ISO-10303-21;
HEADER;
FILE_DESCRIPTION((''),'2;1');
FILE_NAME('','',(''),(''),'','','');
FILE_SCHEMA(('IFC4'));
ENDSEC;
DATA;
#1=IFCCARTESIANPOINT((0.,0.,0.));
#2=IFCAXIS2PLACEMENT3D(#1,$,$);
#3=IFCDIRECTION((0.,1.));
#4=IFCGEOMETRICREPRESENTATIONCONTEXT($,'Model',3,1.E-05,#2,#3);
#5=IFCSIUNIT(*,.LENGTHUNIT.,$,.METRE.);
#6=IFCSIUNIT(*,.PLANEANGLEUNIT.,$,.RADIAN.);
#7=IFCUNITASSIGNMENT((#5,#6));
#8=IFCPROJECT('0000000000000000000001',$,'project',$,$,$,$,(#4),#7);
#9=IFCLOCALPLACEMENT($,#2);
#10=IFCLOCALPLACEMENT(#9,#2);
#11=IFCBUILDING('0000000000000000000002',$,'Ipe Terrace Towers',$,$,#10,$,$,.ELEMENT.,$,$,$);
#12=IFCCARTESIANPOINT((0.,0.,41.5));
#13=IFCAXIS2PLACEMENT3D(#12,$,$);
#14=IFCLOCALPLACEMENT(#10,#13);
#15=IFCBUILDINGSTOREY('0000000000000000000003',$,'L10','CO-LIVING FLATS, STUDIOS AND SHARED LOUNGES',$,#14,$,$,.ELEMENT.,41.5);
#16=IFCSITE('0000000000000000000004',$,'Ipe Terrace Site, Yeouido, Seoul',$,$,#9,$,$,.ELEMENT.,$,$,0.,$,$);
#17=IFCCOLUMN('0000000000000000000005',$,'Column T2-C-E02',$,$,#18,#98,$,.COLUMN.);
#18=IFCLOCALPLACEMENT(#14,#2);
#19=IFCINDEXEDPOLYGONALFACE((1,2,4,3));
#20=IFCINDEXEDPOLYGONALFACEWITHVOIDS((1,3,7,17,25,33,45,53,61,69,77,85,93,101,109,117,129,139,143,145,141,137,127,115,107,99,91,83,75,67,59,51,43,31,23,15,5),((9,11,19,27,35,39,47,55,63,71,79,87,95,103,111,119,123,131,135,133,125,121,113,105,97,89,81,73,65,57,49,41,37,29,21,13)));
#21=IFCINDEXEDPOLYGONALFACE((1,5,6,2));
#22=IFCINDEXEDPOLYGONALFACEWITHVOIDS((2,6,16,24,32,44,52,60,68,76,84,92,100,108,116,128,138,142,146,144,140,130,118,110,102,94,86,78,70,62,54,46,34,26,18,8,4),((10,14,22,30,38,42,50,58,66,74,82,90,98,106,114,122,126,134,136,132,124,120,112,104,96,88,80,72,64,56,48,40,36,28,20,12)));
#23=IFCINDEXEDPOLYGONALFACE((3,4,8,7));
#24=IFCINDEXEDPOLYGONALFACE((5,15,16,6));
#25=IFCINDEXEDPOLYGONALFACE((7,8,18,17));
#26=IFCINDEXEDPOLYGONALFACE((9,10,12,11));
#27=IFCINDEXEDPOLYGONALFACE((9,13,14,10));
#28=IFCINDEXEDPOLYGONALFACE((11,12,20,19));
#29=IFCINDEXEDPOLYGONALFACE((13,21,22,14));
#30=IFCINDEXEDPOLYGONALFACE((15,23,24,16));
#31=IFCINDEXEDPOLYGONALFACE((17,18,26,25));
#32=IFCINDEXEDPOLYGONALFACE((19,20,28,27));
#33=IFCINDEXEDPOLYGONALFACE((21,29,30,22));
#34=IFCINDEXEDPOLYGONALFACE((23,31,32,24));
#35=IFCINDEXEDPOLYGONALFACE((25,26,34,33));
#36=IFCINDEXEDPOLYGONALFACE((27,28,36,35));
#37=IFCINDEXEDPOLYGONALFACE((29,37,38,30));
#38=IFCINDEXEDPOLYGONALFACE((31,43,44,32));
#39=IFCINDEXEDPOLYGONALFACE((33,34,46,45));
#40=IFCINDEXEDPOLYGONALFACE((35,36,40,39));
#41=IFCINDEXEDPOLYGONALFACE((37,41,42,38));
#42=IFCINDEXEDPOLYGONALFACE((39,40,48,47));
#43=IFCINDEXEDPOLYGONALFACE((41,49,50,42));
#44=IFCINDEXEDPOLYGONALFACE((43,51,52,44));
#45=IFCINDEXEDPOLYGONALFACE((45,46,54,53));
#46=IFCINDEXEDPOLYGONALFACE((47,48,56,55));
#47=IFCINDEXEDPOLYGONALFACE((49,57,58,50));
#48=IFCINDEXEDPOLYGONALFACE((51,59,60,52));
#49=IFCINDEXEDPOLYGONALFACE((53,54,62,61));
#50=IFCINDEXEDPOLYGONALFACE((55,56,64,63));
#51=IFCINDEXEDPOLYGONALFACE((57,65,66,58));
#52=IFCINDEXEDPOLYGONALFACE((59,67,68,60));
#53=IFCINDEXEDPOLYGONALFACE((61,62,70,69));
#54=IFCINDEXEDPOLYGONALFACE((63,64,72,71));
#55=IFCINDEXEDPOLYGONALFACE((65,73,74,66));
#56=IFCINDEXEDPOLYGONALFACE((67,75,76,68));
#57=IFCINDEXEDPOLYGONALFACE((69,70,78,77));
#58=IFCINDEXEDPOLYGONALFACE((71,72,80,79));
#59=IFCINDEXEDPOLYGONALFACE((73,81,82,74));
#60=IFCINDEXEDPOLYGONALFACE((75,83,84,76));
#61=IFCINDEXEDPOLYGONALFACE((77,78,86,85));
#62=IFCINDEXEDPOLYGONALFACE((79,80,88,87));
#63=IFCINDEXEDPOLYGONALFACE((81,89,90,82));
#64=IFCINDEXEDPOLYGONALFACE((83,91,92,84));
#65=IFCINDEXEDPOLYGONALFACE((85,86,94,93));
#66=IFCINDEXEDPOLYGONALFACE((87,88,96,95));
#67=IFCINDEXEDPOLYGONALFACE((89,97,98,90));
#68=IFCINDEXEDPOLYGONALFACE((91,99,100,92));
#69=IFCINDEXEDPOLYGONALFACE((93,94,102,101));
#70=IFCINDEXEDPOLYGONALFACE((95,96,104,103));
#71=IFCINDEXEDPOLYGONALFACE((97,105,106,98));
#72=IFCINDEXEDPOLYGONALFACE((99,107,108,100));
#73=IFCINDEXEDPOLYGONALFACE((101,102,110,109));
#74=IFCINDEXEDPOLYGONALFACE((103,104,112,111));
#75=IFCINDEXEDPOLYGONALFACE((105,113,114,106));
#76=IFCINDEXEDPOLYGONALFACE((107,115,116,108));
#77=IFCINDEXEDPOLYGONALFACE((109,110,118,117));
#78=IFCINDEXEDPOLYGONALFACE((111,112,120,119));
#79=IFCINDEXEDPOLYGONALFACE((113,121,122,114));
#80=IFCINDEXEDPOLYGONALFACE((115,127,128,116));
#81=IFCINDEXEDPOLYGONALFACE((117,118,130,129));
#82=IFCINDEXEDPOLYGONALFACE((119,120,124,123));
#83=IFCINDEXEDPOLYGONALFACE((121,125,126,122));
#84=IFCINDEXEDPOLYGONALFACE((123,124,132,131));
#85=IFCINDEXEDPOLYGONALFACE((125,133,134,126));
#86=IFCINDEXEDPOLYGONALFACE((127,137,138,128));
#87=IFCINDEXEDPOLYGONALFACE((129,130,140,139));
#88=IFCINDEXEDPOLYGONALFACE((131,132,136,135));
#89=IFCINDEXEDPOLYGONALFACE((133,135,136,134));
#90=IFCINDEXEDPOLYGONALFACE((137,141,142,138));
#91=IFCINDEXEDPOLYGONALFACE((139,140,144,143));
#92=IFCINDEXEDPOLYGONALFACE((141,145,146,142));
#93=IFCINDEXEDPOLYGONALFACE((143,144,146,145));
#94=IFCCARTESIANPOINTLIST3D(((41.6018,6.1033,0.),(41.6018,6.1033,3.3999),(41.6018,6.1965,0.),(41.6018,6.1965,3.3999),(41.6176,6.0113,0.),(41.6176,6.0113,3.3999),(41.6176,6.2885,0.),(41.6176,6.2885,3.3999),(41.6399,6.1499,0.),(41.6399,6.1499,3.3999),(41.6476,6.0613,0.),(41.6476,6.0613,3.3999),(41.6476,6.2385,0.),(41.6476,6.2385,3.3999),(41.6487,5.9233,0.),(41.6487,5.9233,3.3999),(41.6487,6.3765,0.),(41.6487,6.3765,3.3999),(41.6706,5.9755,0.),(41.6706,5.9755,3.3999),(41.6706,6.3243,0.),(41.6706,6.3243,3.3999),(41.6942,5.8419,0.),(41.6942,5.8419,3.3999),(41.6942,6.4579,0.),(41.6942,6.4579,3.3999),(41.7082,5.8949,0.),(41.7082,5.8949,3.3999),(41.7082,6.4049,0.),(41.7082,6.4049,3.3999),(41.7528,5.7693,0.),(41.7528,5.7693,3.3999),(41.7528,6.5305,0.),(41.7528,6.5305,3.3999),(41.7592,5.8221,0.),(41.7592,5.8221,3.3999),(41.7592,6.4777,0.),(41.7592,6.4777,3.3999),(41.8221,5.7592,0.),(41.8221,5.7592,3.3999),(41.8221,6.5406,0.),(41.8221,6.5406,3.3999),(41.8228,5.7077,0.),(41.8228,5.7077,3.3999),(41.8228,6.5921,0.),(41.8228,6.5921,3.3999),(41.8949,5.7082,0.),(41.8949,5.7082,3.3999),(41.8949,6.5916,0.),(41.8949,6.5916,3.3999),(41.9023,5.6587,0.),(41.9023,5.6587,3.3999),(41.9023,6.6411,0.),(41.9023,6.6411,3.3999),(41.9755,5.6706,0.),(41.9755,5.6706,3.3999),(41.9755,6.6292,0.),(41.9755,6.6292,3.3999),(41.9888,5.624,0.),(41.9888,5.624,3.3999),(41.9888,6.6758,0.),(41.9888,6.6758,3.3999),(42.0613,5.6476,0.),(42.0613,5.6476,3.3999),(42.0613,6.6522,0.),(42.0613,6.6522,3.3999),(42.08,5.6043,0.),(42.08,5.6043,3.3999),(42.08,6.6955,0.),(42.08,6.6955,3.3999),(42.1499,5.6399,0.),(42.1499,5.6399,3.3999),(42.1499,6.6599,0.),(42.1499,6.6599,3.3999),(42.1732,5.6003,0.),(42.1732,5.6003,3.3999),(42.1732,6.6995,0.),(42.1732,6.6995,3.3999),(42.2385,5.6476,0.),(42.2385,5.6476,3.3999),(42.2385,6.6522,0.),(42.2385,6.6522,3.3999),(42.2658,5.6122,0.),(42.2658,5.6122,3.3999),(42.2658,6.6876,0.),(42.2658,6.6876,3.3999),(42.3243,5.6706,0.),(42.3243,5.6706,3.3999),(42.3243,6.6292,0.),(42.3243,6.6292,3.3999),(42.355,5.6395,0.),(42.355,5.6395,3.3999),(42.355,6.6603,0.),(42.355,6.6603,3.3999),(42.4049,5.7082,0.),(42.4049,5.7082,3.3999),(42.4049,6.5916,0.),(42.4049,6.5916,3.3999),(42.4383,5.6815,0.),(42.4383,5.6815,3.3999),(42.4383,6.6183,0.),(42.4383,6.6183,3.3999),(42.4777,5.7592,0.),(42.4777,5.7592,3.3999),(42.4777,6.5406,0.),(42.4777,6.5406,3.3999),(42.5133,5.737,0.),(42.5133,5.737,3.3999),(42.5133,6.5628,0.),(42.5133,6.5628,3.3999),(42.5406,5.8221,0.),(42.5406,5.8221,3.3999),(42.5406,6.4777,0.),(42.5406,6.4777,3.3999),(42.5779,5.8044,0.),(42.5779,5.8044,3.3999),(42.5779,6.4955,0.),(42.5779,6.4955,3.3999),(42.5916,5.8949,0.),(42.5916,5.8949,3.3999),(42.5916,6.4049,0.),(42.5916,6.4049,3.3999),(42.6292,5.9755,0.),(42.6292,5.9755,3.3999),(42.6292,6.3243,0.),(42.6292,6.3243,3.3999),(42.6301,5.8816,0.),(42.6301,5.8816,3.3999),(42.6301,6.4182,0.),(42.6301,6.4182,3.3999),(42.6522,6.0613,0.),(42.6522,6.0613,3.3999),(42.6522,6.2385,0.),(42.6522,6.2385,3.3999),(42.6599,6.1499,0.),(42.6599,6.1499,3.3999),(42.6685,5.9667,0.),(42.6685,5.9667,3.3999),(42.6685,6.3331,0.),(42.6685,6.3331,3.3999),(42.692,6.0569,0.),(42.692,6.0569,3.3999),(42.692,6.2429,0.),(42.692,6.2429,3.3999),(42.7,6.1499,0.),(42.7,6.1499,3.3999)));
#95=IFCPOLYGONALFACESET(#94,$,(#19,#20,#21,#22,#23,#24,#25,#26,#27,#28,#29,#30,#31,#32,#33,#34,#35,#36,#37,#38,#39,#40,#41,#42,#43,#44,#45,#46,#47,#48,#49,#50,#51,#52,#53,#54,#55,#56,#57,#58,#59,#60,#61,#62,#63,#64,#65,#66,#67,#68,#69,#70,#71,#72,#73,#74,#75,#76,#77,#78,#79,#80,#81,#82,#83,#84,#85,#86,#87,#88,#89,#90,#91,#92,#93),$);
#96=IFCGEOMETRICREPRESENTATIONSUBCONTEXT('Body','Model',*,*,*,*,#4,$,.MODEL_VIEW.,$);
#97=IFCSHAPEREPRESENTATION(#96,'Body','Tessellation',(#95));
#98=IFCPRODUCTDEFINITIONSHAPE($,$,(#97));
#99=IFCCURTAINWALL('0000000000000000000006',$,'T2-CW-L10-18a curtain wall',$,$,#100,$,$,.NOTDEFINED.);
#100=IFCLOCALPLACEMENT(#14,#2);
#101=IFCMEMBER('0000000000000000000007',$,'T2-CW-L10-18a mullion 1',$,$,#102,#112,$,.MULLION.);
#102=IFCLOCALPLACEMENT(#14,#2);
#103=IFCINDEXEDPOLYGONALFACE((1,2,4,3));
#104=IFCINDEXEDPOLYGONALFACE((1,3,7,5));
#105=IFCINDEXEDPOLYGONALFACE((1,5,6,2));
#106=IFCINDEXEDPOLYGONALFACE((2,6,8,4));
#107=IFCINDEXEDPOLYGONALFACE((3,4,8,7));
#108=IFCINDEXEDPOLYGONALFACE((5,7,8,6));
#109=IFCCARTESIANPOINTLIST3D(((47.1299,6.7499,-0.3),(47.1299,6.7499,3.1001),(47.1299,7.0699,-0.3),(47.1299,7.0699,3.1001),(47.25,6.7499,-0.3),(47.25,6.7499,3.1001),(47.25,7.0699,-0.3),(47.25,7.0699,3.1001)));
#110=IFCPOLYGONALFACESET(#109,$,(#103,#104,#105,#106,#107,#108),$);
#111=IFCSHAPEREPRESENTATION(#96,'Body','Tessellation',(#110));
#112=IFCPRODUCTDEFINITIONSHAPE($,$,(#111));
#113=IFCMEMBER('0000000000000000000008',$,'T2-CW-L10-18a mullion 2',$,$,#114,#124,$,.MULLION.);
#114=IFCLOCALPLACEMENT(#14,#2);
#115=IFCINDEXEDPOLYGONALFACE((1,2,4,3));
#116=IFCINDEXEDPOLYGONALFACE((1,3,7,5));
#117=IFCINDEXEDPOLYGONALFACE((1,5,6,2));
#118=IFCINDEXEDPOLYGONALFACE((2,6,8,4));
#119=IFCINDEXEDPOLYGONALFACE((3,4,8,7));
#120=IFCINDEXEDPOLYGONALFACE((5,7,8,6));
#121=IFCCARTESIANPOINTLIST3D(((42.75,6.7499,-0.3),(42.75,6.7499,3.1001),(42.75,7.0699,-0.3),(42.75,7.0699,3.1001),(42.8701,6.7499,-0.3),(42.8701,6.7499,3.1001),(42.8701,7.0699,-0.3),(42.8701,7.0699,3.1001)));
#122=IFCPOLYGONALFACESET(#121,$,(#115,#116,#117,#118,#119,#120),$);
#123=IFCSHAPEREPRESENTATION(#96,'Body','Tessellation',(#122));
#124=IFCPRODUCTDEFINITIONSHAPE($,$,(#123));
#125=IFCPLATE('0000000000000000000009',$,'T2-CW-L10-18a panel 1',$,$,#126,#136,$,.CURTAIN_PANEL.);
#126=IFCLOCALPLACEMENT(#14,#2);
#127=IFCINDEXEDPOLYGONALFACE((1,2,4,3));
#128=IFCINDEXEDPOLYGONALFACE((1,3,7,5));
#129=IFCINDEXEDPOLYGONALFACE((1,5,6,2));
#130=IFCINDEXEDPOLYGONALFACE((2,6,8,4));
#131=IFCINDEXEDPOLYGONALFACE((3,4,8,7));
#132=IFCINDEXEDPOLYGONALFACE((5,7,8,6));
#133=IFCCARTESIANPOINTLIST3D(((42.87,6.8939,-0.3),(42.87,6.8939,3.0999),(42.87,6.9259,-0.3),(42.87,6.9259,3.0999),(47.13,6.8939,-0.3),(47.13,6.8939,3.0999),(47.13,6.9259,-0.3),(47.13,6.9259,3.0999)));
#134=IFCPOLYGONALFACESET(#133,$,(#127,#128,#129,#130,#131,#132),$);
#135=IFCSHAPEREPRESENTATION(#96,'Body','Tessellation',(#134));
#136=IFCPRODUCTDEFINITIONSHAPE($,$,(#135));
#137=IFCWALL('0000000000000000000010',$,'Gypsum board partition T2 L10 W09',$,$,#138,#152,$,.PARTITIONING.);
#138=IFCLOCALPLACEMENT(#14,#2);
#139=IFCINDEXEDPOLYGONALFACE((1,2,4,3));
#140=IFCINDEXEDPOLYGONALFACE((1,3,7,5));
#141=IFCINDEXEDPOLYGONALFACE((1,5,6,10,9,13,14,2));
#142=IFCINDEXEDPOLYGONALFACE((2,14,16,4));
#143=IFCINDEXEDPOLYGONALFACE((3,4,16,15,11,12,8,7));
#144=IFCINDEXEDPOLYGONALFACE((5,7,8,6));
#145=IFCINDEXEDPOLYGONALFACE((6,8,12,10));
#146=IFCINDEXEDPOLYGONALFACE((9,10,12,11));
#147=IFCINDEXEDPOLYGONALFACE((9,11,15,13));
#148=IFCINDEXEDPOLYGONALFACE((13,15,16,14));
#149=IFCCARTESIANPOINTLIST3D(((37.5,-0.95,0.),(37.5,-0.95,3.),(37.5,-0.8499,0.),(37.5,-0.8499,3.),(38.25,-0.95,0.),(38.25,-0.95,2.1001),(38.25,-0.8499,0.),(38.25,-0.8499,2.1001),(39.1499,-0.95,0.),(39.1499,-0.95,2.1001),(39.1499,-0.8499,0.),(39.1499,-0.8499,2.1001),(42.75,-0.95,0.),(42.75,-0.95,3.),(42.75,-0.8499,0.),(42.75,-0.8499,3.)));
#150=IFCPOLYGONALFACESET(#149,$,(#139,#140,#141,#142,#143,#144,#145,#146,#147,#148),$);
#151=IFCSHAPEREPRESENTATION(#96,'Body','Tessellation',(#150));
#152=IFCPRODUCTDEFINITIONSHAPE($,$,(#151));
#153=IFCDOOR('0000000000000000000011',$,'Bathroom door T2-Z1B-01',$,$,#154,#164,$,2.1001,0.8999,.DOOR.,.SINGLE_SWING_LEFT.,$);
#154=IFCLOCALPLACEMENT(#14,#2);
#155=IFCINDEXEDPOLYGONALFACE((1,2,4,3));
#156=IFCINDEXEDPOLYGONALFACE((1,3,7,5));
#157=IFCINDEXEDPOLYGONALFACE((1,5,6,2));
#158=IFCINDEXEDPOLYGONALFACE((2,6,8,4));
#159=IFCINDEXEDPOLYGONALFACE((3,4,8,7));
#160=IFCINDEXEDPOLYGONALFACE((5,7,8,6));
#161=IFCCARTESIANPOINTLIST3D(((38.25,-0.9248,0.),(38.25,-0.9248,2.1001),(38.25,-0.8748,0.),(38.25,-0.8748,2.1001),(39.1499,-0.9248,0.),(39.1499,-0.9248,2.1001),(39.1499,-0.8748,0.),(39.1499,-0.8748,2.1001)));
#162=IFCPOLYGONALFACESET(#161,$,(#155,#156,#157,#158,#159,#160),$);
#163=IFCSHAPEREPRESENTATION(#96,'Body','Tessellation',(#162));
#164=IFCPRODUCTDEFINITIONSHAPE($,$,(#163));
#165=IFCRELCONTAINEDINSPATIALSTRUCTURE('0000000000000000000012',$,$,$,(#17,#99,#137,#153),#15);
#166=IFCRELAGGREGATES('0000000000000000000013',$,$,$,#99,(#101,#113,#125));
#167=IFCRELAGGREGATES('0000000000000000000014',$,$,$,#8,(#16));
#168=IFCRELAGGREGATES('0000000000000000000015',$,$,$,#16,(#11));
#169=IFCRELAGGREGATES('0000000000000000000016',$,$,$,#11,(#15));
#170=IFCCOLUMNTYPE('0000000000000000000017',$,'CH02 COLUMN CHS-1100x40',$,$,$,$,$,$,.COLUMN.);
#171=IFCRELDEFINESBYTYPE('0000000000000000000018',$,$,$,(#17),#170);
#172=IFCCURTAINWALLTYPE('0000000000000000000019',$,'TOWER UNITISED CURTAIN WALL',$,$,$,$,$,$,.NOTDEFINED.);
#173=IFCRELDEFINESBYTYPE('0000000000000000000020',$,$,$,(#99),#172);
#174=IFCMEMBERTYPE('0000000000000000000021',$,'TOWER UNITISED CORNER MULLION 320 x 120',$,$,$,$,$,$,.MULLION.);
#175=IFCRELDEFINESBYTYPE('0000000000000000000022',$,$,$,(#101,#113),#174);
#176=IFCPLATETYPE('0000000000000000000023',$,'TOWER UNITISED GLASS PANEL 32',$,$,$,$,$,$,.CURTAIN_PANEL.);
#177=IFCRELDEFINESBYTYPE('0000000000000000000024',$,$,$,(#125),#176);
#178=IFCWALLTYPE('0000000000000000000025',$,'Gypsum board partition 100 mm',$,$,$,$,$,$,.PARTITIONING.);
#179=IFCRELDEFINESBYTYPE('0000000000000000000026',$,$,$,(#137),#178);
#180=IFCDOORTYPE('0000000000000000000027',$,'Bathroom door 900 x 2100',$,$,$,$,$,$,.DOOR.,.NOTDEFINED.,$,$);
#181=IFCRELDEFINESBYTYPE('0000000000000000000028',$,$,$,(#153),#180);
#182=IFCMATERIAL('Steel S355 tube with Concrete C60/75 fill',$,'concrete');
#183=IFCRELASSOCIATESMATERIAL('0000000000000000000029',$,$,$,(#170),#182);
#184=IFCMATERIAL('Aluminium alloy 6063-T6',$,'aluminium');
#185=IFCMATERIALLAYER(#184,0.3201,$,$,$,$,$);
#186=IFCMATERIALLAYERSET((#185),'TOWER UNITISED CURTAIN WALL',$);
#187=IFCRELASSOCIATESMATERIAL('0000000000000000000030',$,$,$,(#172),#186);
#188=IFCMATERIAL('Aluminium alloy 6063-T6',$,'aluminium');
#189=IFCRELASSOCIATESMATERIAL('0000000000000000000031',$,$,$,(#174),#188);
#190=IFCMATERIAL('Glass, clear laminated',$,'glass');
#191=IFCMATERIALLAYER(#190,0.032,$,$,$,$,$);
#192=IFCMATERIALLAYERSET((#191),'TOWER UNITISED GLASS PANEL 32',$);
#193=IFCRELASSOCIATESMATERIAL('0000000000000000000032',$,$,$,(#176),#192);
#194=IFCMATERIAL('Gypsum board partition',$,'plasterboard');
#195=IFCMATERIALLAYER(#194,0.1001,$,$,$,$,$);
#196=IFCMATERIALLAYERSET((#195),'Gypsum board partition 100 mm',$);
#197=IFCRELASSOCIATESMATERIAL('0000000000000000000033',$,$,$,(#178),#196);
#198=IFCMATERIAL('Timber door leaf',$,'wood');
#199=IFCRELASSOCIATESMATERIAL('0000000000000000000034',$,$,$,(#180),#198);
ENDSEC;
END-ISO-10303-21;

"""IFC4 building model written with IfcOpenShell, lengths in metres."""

from ifc_helpers import new_model, si_unit, direction, frame, frame_2d, origin, origin_2d, place, context, subcontext, project, spatial, rectangle, hollow_circle, extrude, material, layer, layer_set, material_profile, profile_set, type_object, element, fill, aggregate, save


model = new_model("IFC4")

# Units and contexts
model_context = context("Model", 3, precision=1e-05, world=origin(), true_north=direction((0.0, 1.0)))
body_context = subcontext(model_context, "Body", "Model", "MODEL_VIEW")
ifc_project = project(units=[si_unit("LENGTHUNIT", "METRE"), si_unit("PLANEANGLEUNIT", "RADIAN")], contexts=[model_context])

# Site, building, storey
site_placement = place(None, origin())
site = spatial("IfcSite", under=ifc_project, at=site_placement, Name="Ipe Terrace Site, Yeouido, Seoul", CompositionType="ELEMENT", RefElevation=0.0)
building_placement = place(site_placement, origin())
building = spatial("IfcBuilding", under=site, at=building_placement, Name="Ipe Terrace Towers", CompositionType="ELEMENT")
storey_placement = place(building_placement, frame((0.0, 0.0, 41.5)))
storey = spatial("IfcBuildingStorey", under=building, at=storey_placement, Name="L10", Description="CO-LIVING FLATS, STUDIOS AND SHARED LOUNGES", CompositionType="ELEMENT", Elevation=41.5)

# Column
ifc_material_1 = material(Name="Steel S355 tube with Concrete C60/75 fill", Category="concrete")
ifc_material_profile_1 = material_profile(ifc_material_1, hollow_circle(Radius=0.55, WallThickness=0.04, at=origin_2d()), Name="CHS-1100x40")
ifc_profile_set_1 = profile_set([ifc_material_profile_1], Name="Steel S355 tube with Concrete C60/75 fill")
column_type = type_object("IfcColumnType", Name="CH02 COLUMN CHS-1100x40", PredefinedType="COLUMN", material=ifc_profile_set_1)
column_placement = place(storey_placement, frame((42.1499, 6.1499, 0.0), z_axis=(0.0, 0.0, 1.0), x_axis=(1.0, 0.0, 0.0)))
element("IfcColumn", 1, at=column_placement, inside=storey, type_object=column_type, Name="Column T2-C-E02", PredefinedType="COLUMN", context=body_context, shape_type="SweptSolid", body=[
    extrude(hollow_circle(Radius=0.55, WallThickness=0.04, at=origin_2d()), origin(), (0.0, 0.0, 1.0), 3.3999),
])

# Curtain wall, members, plate
ifc_material_2 = material(Name="Aluminium alloy 6063-T6", Category="aluminium")
ifc_layer_1 = layer(ifc_material_2, 0.3201)
ifc_layer_set_1 = layer_set([ifc_layer_1], Name="TOWER UNITISED CURTAIN WALL")
curtain_wall_type = type_object("IfcCurtainWallType", Name="TOWER UNITISED CURTAIN WALL", PredefinedType="NOTDEFINED", material=ifc_layer_set_1)
curtain_wall_placement = place(storey_placement, origin())
curtain_wall = element("IfcCurtainWall", 2, at=curtain_wall_placement, inside=storey, type_object=curtain_wall_type, Name="T2-CW-L10-18a curtain wall", PredefinedType="NOTDEFINED")
ifc_material_3 = material(Name="Aluminium alloy 6063-T6", Category="aluminium")
ifc_material_profile_2 = material_profile(ifc_material_3, rectangle(XDim=0.3201, YDim=0.1201, at=origin_2d()), Name="TOWER UNITISED CORNER MULLION 320 x 120")
ifc_profile_set_2 = profile_set([ifc_material_profile_2], Name="Aluminium alloy 6063-T6")
member_type = type_object("IfcMemberType", Name="TOWER UNITISED CORNER MULLION 320 x 120", PredefinedType="MULLION", material=ifc_profile_set_2)
member_1_placement = place(storey_placement, frame((47.1899, 6.9099, -0.3), z_axis=(0.0, 0.0, 1.0), x_axis=(0.0, 1.0, 0.0)))
member_1 = element("IfcMember", 3, at=member_1_placement, type_object=member_type, Name="T2-CW-L10-18a mullion 1", PredefinedType="MULLION", context=body_context, shape_type="SweptSolid", body=[
    extrude(rectangle(XDim=0.3201, YDim=0.1201, at=origin_2d()), origin(), (0.0, 0.0, 1.0), 3.4001),
])
member_2_placement = place(storey_placement, frame((42.8101, 6.9099, -0.3), z_axis=(0.0, 0.0, 1.0), x_axis=(0.0, 1.0, 0.0)))
member_2 = element("IfcMember", 4, at=member_2_placement, type_object=member_type, Name="T2-CW-L10-18a mullion 2", PredefinedType="MULLION", context=body_context, shape_type="SweptSolid", body=[
    extrude(rectangle(XDim=0.3201, YDim=0.1201, at=origin_2d()), origin(), (0.0, 0.0, 1.0), 3.4001),
])
ifc_material_4 = material(Name="Glass, clear laminated", Category="glass")
ifc_layer_2 = layer(ifc_material_4, 0.032)
ifc_layer_set_2 = layer_set([ifc_layer_2], Name="TOWER UNITISED GLASS PANEL 32")
plate_type = type_object("IfcPlateType", Name="TOWER UNITISED GLASS PANEL 32", PredefinedType="CURTAIN_PANEL", material=ifc_layer_set_2)
plate_placement = place(storey_placement, frame((45.0, 6.9099, -0.3), z_axis=(0.0, 0.0, 1.0), x_axis=(-1.0, 0.0, 0.0)))
plate = element("IfcPlate", 5, at=plate_placement, type_object=plate_type, Name="T2-CW-L10-18a panel 1", PredefinedType="CURTAIN_PANEL", context=body_context, shape_type="SweptSolid", body=[
    extrude(rectangle(XDim=4.26, YDim=0.032, at=origin_2d()), origin(), (0.0, 0.0, 1.0), 3.3999),
])
aggregate(curtain_wall, [member_1, member_2, plate])

# Wall, opening, door
ifc_material_5 = material(Name="Gypsum board partition", Category="plasterboard")
ifc_layer_3 = layer(ifc_material_5, 0.1001)
ifc_layer_set_3 = layer_set([ifc_layer_3], Name="Gypsum board partition 100 mm")
wall_type = type_object("IfcWallType", Name="Gypsum board partition 100 mm", PredefinedType="PARTITIONING", material=ifc_layer_set_3)
wall_1_placement = place(storey_placement, frame((42.75, -0.8999, 0.0), z_axis=(0.0, 0.0, 1.0), x_axis=(-1.0, 0.0, 0.0)))
wall_1 = element("IfcWall", 6, at=wall_1_placement, inside=storey, type_object=wall_type, Name="Gypsum board partition T2 L10 W09", PredefinedType="PARTITIONING", context=body_context, shape_type="SweptSolid", body=[
    extrude(rectangle(XDim=5.25, YDim=0.1001, at=frame_2d((2.625, 0.0))), origin(), (0.0, 0.0, 1.0), 3.0),
])
opening_1_placement = place(wall_1_placement, frame((3.6001, 0.0, 0.0)))
opening_1 = element("IfcOpeningElement", 7, at=opening_1_placement, cuts=wall_1, PredefinedType="OPENING", context=body_context, shape_type="SweptSolid", body=[
    extrude(rectangle(XDim=0.8999, YDim=2.1001, at=frame_2d((0.45, 1.05))), frame((0.0, 0.0601, 0.0), z_axis=(0.0, -1.0, 0.0), x_axis=(1.0, 0.0, 0.0)), (0.0, 0.0, 1.0), 0.1201),
])
ifc_material_6 = material(Name="Timber door leaf", Category="wood")
door_type_1 = type_object("IfcDoorType", Name="Bathroom door 900 x 2100", OperationType="NOTDEFINED", PredefinedType="DOOR", material=ifc_material_6)
door_1_placement = place(opening_1_placement, origin())
door_1 = element("IfcDoor", 8, at=door_1_placement, inside=storey, type_object=door_type_1, Name="Bathroom door T2-Z1B-01", OperationType="SINGLE_SWING_LEFT", OverallHeight=2.1001, OverallWidth=0.8999, PredefinedType="DOOR", context=body_context, shape_type="SweptSolid", body=[
    extrude(rectangle(XDim=0.8999, YDim=2.1001, at=frame_2d((0.45, 1.05))), frame((0.0, 0.0249, 0.0), z_axis=(0.0, -1.0, 0.0), x_axis=(1.0, 0.0, 0.0)), (0.0, 0.0, 1.0), 0.05),
])
fill(opening_1, door_1)

save(model, "model.ifc")
